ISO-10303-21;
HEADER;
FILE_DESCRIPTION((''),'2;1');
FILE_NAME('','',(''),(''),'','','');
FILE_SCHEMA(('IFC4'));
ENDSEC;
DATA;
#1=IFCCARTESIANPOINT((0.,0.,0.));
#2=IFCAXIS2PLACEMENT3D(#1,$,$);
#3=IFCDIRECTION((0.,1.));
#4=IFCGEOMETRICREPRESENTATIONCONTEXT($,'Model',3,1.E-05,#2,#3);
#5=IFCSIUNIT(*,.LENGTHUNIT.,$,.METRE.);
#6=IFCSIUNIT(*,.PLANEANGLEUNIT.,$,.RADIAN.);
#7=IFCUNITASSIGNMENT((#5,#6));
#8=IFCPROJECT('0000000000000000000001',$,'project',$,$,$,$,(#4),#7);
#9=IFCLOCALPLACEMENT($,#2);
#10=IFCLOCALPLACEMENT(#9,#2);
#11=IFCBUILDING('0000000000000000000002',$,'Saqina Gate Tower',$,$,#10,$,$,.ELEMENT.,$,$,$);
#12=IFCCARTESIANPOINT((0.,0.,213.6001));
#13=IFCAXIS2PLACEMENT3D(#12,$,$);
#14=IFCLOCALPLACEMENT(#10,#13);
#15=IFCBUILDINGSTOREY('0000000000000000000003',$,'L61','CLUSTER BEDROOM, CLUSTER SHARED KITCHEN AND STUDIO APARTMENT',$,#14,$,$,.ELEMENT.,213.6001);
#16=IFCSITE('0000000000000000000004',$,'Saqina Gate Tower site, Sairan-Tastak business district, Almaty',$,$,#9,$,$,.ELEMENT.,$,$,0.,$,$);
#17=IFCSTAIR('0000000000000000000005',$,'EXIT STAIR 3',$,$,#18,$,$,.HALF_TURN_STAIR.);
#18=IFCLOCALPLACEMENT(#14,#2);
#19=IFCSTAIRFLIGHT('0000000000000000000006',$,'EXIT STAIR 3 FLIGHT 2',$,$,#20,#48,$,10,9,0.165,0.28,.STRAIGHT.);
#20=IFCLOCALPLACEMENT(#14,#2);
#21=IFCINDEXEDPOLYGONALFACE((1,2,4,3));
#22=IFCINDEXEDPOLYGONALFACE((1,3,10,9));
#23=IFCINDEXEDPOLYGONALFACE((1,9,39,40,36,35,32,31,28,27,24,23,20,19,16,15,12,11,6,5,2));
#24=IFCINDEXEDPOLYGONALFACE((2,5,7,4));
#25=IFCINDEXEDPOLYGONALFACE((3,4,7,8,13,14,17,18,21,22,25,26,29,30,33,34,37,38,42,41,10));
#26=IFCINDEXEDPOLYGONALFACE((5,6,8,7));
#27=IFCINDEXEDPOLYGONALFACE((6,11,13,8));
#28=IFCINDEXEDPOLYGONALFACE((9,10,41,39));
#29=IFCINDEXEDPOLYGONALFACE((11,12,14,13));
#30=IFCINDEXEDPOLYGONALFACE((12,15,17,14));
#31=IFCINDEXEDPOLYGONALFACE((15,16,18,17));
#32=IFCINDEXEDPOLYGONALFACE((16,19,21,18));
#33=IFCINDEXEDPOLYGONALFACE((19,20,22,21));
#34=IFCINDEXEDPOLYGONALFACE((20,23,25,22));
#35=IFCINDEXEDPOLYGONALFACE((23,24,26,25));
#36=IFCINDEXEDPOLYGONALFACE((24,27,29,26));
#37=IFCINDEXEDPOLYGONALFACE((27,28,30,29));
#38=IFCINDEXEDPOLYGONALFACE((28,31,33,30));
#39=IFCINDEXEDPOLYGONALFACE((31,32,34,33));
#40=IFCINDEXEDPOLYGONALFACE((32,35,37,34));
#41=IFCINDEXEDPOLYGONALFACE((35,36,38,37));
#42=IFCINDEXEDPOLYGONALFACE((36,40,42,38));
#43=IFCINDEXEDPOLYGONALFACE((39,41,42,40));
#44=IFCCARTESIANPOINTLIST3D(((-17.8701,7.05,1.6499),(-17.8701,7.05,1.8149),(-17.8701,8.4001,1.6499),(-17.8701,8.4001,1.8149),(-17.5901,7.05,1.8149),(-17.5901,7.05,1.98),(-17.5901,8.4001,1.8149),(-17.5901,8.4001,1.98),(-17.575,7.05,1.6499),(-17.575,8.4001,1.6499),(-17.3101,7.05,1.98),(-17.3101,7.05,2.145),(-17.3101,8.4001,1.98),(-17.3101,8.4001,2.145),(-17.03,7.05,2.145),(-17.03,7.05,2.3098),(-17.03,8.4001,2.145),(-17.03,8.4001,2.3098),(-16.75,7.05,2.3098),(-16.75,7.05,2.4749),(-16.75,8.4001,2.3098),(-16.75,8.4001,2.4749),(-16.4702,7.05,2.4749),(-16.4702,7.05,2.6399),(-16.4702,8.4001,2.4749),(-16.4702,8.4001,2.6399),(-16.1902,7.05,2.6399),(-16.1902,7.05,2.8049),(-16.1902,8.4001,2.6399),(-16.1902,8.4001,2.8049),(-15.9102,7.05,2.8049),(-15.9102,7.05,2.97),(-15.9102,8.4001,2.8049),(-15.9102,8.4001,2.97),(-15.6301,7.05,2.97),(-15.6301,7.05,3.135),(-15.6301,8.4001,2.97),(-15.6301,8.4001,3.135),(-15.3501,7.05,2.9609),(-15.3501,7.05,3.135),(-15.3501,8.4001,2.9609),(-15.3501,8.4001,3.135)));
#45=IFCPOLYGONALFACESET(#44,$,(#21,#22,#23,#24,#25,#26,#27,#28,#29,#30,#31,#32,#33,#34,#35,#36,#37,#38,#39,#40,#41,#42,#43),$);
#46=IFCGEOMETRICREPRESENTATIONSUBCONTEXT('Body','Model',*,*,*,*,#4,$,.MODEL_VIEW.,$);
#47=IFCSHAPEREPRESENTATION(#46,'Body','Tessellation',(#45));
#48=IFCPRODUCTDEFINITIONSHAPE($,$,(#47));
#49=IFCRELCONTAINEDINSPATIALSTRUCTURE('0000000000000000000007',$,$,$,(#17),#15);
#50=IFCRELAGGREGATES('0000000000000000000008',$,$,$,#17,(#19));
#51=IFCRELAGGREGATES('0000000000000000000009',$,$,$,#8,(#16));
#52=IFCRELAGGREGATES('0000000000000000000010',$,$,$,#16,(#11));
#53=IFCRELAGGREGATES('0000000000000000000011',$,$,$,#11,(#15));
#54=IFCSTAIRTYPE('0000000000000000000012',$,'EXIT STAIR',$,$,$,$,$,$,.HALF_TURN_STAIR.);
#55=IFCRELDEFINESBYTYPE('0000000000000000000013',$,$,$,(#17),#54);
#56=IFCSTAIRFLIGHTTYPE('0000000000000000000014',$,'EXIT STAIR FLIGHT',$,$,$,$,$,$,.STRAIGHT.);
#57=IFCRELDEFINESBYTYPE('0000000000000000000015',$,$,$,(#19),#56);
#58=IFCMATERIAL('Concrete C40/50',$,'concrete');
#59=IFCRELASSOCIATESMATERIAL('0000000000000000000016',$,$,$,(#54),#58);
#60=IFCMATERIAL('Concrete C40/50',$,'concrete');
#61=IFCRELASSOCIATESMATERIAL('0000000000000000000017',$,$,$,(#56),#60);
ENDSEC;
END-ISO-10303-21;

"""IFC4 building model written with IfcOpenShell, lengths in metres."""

from ifc_helpers import new_model, si_unit, direction, frame, origin, place, context, subcontext, project, spatial, polyline, outline, extrude, material, type_object, element, aggregate, save


model = new_model("IFC4")

# Units and contexts
model_context = context("Model", 3, precision=1e-05, world=origin(), true_north=direction((0.0, 1.0)))
body_context = subcontext(model_context, "Body", "Model", "MODEL_VIEW")
ifc_project = project(units=[si_unit("LENGTHUNIT", "METRE"), si_unit("PLANEANGLEUNIT", "RADIAN")], contexts=[model_context])

# Site, building, storey
site_placement = place(None, origin())
site = spatial("IfcSite", under=ifc_project, at=site_placement, Name="Saqina Gate Tower site, Sairan-Tastak business district, Almaty", CompositionType="ELEMENT", RefElevation=0.0)
building_placement = place(site_placement, origin())
building = spatial("IfcBuilding", under=site, at=building_placement, Name="Saqina Gate Tower", CompositionType="ELEMENT")
storey_placement = place(building_placement, frame((0.0, 0.0, 213.6001)))
storey = spatial("IfcBuildingStorey", under=building, at=storey_placement, Name="L61", Description="CLUSTER BEDROOM, CLUSTER SHARED KITCHEN AND STUDIO APARTMENT", CompositionType="ELEMENT", Elevation=213.6001)

# Stair, stair flight
ifc_material_1 = material(Name="Concrete C40/50", Category="concrete")
stair_type = type_object("IfcStairType", Name="EXIT STAIR", PredefinedType="HALF_TURN_STAIR", material=ifc_material_1)
stair_placement = place(storey_placement, origin())
stair = element("IfcStair", 1, at=stair_placement, inside=storey, type_object=stair_type, Name="EXIT STAIR 3", PredefinedType="HALF_TURN_STAIR")
ifc_material_2 = material(Name="Concrete C40/50", Category="concrete")
stair_flight_type = type_object("IfcStairFlightType", Name="EXIT STAIR FLIGHT", PredefinedType="STRAIGHT", material=ifc_material_2)
stair_flight_1_placement = place(storey_placement, frame((-17.8701, 7.7251, 1.6499), z_axis=(0.0, 0.0, 1.0), x_axis=(1.0, 0.0, 0.0)))
stair_flight_1 = element("IfcStairFlight", 2, at=stair_flight_1_placement, type_object=stair_flight_type, Name="EXIT STAIR 3 FLIGHT 2", NumberOfRisers=10, NumberOfTreads=9, PredefinedType="STRAIGHT", RiserHeight=0.165, TreadLength=0.28, context=body_context, shape_type="SweptSolid", body=[
    extrude(outline(polyline([(0.0, 0.0), (0.0, 0.165), (0.28, 0.165), (0.28, 0.3301), (0.5601, 0.3301), (0.5601, 0.4951), (0.8401, 0.4951), (0.8401, 0.6599), (1.1201, 0.6599), (1.1201, 0.825), (1.3999, 0.825), (1.3999, 0.99), (1.6799, 0.99), (1.6799, 1.155), (1.96, 1.155), (1.96, 1.3201), (2.24, 1.3201), (2.24, 1.4851), (2.52, 1.4851), (2.52, 1.6499), (2.52, 1.311), (0.2952, 0.0), (0.0, 0.0)])), frame((0.0, 0.675, 0.0), z_axis=(0.0, -1.0, 0.0), x_axis=(1.0, 0.0, 0.0)), (0.0, 0.0, 1.0), 1.3501),
])
aggregate(stair, [stair_flight_1])

save(model, "model.ifc")
